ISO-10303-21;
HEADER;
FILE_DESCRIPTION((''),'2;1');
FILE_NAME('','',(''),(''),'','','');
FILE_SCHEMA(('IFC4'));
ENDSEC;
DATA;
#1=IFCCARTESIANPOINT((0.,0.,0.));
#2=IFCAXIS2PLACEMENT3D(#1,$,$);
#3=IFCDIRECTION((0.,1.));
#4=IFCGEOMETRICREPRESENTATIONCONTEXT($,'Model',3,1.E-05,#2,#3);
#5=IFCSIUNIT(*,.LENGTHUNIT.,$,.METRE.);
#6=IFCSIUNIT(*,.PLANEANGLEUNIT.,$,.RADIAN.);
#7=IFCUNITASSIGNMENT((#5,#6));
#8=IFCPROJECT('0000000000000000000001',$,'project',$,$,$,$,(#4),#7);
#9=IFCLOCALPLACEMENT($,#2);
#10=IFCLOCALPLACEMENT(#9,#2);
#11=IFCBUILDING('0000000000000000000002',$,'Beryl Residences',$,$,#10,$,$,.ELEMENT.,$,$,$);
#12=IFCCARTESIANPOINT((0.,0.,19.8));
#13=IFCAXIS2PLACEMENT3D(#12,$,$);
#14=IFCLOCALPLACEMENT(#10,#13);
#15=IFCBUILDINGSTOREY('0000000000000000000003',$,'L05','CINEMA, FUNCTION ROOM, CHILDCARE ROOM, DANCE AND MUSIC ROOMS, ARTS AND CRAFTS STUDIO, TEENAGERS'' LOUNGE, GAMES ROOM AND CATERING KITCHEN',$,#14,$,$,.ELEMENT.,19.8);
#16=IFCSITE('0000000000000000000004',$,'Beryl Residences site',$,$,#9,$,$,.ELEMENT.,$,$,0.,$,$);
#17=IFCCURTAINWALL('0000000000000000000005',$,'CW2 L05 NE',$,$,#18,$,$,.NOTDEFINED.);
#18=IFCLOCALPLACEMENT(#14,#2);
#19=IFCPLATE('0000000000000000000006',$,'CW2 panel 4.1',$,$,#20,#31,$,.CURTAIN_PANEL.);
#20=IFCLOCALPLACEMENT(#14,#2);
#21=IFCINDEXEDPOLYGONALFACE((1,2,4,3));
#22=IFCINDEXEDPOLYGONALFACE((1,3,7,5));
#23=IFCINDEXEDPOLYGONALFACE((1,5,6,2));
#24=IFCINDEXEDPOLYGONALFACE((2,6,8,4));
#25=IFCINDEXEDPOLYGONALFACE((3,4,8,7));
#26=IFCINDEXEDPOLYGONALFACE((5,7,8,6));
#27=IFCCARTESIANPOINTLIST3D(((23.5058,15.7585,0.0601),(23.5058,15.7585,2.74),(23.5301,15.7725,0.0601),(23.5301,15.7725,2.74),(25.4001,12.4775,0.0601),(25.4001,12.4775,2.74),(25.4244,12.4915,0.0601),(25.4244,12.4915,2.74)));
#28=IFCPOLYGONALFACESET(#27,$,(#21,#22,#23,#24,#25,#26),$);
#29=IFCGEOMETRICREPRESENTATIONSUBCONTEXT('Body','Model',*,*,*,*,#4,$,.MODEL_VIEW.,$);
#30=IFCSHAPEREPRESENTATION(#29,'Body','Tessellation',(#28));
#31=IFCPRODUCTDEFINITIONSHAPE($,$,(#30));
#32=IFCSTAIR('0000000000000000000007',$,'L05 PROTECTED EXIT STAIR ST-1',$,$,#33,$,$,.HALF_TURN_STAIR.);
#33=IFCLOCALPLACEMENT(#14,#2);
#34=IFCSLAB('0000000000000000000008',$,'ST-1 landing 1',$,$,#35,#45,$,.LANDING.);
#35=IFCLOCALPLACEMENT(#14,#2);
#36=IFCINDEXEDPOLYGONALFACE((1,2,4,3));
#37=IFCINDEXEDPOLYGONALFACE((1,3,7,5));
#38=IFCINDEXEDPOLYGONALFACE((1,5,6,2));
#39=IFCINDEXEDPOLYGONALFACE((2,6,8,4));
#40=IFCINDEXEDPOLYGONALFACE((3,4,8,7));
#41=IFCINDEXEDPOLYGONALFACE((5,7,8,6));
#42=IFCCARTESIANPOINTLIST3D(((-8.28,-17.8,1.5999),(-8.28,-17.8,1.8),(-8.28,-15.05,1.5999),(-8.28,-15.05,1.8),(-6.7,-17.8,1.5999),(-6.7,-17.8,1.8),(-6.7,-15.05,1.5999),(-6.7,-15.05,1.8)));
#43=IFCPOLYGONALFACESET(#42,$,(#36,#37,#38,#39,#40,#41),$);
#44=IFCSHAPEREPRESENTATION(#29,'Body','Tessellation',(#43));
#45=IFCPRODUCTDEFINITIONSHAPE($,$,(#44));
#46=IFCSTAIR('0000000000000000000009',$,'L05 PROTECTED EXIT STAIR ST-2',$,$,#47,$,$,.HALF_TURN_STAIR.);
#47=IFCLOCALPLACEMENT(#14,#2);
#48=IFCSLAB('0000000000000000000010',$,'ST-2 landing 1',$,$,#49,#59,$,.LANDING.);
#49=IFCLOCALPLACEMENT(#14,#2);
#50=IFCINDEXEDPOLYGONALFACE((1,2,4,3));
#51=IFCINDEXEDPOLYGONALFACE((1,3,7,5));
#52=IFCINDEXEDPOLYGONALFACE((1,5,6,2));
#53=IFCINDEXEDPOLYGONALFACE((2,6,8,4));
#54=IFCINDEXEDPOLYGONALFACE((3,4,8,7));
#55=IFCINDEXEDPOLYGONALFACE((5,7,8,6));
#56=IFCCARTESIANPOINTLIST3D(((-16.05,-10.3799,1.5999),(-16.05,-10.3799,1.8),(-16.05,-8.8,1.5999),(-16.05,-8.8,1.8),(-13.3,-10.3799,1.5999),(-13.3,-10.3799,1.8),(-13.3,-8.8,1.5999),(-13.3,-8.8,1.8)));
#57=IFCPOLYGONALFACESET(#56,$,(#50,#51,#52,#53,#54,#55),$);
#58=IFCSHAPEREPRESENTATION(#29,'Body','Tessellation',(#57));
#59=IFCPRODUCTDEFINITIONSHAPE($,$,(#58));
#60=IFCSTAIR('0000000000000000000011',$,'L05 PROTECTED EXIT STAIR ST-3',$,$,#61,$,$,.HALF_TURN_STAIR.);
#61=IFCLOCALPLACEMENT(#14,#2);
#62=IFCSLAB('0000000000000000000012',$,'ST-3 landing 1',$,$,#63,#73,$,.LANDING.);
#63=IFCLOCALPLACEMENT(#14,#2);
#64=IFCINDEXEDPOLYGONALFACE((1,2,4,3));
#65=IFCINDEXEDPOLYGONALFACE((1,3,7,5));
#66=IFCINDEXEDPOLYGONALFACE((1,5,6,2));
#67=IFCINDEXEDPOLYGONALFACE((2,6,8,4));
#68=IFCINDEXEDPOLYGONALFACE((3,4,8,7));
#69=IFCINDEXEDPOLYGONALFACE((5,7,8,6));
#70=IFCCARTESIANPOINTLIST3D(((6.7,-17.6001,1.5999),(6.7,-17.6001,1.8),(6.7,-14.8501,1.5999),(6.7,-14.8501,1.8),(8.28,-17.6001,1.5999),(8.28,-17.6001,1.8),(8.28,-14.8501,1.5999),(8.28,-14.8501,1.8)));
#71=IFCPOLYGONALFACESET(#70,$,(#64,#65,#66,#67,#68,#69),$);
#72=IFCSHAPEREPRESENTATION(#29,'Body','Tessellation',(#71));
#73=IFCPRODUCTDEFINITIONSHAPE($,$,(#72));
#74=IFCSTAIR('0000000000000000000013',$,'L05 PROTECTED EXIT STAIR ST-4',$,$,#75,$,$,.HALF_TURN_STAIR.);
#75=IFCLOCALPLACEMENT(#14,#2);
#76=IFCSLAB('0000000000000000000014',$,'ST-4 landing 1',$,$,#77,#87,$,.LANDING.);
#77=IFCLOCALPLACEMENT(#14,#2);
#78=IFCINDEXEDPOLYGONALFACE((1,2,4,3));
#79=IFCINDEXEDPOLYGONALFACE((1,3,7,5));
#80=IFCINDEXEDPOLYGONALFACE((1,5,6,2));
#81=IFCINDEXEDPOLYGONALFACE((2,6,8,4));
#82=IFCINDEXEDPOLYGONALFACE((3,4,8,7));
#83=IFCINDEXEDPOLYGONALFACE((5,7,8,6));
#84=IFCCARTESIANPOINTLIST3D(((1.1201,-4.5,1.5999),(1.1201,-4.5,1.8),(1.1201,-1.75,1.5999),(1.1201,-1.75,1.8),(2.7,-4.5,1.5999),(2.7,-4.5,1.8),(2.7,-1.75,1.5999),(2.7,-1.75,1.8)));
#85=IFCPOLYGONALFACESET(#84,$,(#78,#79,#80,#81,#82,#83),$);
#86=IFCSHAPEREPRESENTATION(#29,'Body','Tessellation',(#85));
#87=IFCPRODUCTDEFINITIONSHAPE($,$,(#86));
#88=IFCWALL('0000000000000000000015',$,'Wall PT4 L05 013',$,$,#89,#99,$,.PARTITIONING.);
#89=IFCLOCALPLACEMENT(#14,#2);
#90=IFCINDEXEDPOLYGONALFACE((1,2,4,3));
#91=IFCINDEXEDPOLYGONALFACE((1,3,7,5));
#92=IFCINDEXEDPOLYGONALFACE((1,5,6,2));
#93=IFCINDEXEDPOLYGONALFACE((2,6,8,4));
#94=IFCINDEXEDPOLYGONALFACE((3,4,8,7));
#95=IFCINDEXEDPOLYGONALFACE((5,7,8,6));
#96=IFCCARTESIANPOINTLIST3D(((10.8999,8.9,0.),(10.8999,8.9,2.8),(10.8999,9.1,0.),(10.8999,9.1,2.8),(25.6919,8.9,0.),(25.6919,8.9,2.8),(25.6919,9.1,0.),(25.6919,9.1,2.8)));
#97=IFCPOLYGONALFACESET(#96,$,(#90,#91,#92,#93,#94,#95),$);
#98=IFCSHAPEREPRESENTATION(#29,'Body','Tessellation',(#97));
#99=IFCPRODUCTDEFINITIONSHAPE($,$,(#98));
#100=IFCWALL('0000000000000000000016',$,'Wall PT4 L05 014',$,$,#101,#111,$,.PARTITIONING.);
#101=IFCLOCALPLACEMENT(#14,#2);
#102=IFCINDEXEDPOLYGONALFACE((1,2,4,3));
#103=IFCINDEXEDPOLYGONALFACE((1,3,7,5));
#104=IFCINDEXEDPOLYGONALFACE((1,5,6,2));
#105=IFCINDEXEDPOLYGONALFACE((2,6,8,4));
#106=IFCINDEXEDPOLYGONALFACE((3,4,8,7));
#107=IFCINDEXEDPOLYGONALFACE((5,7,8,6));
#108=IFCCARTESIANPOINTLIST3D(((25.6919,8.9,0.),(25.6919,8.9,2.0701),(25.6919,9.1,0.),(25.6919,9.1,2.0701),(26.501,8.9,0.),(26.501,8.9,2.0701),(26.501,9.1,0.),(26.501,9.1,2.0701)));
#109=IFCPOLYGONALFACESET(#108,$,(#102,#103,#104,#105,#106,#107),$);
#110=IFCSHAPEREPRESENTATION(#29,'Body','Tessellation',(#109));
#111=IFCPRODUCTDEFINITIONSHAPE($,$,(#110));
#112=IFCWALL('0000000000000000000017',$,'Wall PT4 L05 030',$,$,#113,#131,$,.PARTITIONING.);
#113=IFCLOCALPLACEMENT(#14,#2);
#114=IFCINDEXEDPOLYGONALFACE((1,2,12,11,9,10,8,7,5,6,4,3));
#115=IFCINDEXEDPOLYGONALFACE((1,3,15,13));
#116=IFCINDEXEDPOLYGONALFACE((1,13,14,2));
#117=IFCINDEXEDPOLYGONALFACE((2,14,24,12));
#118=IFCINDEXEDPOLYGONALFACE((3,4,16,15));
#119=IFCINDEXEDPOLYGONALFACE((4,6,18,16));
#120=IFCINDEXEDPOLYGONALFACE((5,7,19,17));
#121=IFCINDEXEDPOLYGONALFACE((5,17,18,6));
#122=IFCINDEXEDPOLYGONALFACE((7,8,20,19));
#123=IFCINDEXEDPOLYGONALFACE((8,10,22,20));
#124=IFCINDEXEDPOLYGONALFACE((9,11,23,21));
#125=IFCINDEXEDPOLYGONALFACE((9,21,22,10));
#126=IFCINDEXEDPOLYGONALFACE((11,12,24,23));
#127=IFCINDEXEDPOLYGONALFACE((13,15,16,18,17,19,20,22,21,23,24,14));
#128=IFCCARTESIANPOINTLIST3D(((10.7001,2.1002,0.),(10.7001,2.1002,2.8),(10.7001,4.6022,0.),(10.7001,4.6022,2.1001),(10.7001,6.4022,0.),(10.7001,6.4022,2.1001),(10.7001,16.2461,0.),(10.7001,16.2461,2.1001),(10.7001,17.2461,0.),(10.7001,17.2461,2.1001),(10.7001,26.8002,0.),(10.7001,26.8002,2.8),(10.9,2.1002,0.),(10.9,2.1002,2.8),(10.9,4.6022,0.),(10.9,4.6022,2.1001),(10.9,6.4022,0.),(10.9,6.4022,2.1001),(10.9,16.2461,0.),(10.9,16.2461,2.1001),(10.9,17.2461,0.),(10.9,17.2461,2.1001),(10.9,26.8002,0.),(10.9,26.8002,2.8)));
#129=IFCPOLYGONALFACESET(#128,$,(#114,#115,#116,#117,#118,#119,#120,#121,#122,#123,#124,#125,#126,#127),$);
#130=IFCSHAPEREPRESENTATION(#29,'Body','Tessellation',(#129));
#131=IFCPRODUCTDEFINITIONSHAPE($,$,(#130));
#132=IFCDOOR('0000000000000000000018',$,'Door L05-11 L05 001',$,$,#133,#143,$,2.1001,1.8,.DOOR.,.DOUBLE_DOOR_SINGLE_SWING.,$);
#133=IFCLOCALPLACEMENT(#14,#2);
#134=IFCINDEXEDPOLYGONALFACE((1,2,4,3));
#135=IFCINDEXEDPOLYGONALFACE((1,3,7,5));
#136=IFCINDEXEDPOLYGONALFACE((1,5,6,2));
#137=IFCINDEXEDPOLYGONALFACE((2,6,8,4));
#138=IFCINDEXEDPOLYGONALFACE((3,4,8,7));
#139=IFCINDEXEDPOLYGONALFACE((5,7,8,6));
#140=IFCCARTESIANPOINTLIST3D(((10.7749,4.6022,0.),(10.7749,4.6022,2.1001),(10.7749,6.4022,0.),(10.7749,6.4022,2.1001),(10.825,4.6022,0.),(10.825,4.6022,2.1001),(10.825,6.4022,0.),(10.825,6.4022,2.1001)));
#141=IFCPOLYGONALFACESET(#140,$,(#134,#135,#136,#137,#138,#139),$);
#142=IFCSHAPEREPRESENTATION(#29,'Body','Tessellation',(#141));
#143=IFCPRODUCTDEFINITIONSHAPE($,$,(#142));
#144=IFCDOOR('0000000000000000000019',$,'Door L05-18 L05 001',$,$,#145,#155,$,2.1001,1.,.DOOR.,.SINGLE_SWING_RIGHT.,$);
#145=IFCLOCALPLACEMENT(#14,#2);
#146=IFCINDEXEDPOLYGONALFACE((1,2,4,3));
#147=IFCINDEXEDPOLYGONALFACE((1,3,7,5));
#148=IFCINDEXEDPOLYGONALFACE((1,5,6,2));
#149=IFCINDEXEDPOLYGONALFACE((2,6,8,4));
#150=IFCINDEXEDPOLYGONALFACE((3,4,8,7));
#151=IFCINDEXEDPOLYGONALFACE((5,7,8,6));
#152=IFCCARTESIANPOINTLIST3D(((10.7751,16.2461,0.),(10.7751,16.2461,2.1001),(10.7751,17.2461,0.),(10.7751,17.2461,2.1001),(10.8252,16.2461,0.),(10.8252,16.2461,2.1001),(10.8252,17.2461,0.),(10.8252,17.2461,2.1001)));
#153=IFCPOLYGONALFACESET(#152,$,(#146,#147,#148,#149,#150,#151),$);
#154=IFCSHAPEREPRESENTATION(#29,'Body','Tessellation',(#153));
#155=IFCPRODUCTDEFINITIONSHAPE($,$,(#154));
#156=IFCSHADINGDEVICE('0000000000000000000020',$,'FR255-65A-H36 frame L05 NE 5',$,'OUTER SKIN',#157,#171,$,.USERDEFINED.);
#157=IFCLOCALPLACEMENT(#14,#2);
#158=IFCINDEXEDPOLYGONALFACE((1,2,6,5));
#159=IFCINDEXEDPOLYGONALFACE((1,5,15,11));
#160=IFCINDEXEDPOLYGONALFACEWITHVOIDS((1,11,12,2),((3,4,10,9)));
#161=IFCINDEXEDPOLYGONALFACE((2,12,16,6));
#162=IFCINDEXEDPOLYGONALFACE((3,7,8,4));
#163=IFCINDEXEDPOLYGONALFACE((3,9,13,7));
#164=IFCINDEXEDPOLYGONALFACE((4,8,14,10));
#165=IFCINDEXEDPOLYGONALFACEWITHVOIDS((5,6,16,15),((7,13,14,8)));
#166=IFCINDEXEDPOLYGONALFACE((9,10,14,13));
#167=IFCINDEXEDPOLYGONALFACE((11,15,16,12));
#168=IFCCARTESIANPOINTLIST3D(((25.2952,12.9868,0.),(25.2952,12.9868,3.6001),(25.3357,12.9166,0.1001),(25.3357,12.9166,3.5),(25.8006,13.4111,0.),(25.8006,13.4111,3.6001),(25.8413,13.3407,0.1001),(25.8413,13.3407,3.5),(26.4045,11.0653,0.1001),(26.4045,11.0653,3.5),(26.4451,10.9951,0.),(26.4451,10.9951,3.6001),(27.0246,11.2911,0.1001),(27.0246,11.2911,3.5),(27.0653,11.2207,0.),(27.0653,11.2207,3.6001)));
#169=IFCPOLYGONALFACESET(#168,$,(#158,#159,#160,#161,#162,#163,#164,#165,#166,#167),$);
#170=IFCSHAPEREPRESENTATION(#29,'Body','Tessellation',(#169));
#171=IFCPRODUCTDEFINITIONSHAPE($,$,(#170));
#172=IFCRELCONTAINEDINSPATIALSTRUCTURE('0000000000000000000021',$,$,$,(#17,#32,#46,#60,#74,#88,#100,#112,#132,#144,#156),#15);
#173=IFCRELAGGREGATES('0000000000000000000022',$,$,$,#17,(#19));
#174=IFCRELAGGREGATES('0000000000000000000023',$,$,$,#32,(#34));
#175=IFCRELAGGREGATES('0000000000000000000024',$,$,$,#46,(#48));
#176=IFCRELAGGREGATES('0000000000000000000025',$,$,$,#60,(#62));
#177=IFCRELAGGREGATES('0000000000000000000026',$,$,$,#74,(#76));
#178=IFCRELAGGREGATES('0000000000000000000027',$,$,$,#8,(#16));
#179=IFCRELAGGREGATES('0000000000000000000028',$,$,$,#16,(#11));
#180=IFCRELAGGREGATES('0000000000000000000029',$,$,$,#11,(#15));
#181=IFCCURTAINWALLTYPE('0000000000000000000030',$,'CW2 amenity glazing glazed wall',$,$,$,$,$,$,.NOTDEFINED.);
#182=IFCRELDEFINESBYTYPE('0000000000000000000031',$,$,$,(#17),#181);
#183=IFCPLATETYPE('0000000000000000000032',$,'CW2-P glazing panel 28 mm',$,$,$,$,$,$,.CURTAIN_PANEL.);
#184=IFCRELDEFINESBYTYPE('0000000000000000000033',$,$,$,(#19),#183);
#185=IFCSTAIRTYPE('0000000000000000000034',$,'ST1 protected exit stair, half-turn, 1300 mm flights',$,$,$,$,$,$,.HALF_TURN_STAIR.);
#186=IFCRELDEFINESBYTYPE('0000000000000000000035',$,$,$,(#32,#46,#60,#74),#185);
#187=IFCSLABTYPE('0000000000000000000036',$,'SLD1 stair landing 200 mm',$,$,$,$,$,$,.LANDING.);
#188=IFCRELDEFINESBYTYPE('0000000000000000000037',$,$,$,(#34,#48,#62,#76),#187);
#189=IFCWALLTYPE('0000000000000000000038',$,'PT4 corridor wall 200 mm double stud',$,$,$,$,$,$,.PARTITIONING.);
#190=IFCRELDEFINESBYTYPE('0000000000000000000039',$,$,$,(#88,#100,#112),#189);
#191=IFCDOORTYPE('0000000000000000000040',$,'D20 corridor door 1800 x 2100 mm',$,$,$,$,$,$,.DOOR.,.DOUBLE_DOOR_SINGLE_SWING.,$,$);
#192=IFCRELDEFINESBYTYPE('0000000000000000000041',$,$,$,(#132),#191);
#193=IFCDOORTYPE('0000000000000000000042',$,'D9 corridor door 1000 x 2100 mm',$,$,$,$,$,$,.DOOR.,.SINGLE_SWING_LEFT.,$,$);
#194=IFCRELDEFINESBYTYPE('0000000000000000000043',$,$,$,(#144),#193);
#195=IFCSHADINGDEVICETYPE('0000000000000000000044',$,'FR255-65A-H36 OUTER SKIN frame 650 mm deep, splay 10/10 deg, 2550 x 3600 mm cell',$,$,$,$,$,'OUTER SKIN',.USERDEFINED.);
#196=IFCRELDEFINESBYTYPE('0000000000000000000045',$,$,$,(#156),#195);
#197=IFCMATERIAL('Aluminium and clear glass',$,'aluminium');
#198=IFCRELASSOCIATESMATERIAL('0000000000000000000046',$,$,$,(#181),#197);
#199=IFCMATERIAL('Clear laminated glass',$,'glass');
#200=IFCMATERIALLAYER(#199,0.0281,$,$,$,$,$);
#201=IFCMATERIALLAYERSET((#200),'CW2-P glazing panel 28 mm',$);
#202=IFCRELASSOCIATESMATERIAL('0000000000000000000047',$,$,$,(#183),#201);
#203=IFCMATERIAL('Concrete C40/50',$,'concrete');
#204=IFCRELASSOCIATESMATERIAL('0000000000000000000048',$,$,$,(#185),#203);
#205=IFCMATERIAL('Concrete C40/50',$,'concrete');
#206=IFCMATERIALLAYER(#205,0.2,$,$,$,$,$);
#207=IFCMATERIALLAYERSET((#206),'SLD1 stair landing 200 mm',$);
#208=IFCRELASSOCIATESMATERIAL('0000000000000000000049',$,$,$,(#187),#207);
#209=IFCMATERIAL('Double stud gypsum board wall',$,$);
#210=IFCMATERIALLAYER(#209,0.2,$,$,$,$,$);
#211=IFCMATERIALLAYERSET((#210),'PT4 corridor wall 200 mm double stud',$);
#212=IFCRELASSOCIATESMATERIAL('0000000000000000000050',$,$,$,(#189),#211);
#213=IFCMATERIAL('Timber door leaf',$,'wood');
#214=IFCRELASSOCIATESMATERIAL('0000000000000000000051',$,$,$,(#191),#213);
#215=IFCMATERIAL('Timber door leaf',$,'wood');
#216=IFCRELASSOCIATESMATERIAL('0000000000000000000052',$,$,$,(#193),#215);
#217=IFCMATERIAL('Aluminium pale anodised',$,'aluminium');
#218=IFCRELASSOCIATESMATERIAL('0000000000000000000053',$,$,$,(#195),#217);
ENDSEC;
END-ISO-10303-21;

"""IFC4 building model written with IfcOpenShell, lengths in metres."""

from ifc_helpers import new_model, entity, si_unit, direction, frame, frame_2d, origin, origin_2d, place, context, subcontext, project, spatial, polyline, rectangle, outline, extrude, source, transform, mapped, material, layer, layer_set, type_object, type_shapes, element, fill, aggregate, save


model = new_model("IFC4")

# Units and contexts
model_context = context("Model", 3, precision=1e-05, world=origin(), true_north=direction((0.0, 1.0)))
body_context = subcontext(model_context, "Body", "Model", "MODEL_VIEW")
ifc_project = project(units=[si_unit("LENGTHUNIT", "METRE"), si_unit("PLANEANGLEUNIT", "RADIAN")], contexts=[model_context])

# Site, building, storey
site_placement = place(None, origin())
site = spatial("IfcSite", under=ifc_project, at=site_placement, Name="Beryl Residences site", CompositionType="ELEMENT", RefElevation=0.0)
building_placement = place(site_placement, origin())
building = spatial("IfcBuilding", under=site, at=building_placement, Name="Beryl Residences", CompositionType="ELEMENT")
storey_placement = place(building_placement, frame((0.0, 0.0, 19.8)))
storey = spatial("IfcBuildingStorey", under=building, at=storey_placement, Name="L05", Description="CINEMA, FUNCTION ROOM, CHILDCARE ROOM, DANCE AND MUSIC ROOMS, ARTS AND CRAFTS STUDIO, TEENAGERS' LOUNGE, GAMES ROOM AND CATERING KITCHEN", CompositionType="ELEMENT", Elevation=19.8)

# Curtain wall
ifc_material_1 = material(Name="Aluminium and clear glass", Category="aluminium")
curtain_wall_type = type_object("IfcCurtainWallType", Name="CW2 amenity glazing glazed wall", PredefinedType="NOTDEFINED", material=ifc_material_1)
curtain_wall_placement = place(storey_placement, origin())
curtain_wall = element("IfcCurtainWall", 1, at=curtain_wall_placement, inside=storey, type_object=curtain_wall_type, Name="CW2 L05 NE", PredefinedType="NOTDEFINED")

# Plate
ifc_material_2 = material(Name="Clear laminated glass", Category="glass")
ifc_layer_1 = layer(ifc_material_2, 0.0281)
ifc_layer_set_1 = layer_set([ifc_layer_1], Name="CW2-P glazing panel 28 mm")
plate_type = type_object("IfcPlateType", Name="CW2-P glazing panel 28 mm", PredefinedType="CURTAIN_PANEL", material=ifc_layer_set_1)
plate_placement = place(storey_placement, frame((24.4651, 14.125, 0.0601), z_axis=(0.0, 0.0, 1.0), x_axis=(-0.500012, 0.866019, 0.0)))
plate = element("IfcPlate", 2, at=plate_placement, type_object=plate_type, Name="CW2 panel 4.1", PredefinedType="CURTAIN_PANEL", context=body_context, shape_type="SweptSolid", body=[
    extrude(rectangle(XDim=3.7886, YDim=0.0281, at=origin_2d()), origin(), (0.0, 0.0, 1.0), 2.6799),
])
aggregate(curtain_wall, [plate])

# Stairs, slabs
ifc_material_3 = material(Name="Concrete C40/50", Category="concrete")
stair_type = type_object("IfcStairType", Name="ST1 protected exit stair, half-turn, 1300 mm flights", PredefinedType="HALF_TURN_STAIR", material=ifc_material_3)
stair_1_placement = place(storey_placement, origin())
stair_1 = element("IfcStair", 3, at=stair_1_placement, inside=storey, type_object=stair_type, Name="L05 PROTECTED EXIT STAIR ST-1", PredefinedType="HALF_TURN_STAIR")
ifc_material_4 = material(Name="Concrete C40/50", Category="concrete")
ifc_layer_2 = layer(ifc_material_4, 0.2)
ifc_layer_set_2 = layer_set([ifc_layer_2], Name="SLD1 stair landing 200 mm")
slab_type_1 = type_object("IfcSlabType", Name="SLD1 stair landing 200 mm", PredefinedType="LANDING", material=ifc_layer_set_2)
slab_1_placement = place(storey_placement, frame((0.0, 0.0, 1.5999)))
slab_1 = element("IfcSlab", 4, at=slab_1_placement, type_object=slab_type_1, Name="ST-1 landing 1", PredefinedType="LANDING", context=body_context, shape_type="SweptSolid", body=[
    extrude(outline(polyline([(-8.28, -17.8), (-6.7, -17.8), (-6.7, -15.05), (-8.28, -15.05), (-8.28, -17.8)])), origin(), (0.0, 0.0, 1.0), 0.2002),
])
aggregate(stair_1, [slab_1])
stair_2_placement = place(storey_placement, origin())
stair_2 = element("IfcStair", 5, at=stair_2_placement, inside=storey, type_object=stair_type, Name="L05 PROTECTED EXIT STAIR ST-2", PredefinedType="HALF_TURN_STAIR")
slab_2_placement = place(storey_placement, frame((0.0, 0.0, 1.5999)))
slab_2 = element("IfcSlab", 6, at=slab_2_placement, type_object=slab_type_1, Name="ST-2 landing 1", PredefinedType="LANDING", context=body_context, shape_type="SweptSolid", body=[
    extrude(outline(polyline([(-13.3, -10.3799), (-13.3, -8.8), (-16.05, -8.8), (-16.05, -10.3799), (-13.3, -10.3799)])), origin(), (0.0, 0.0, 1.0), 0.2002),
])
aggregate(stair_2, [slab_2])
stair_3_placement = place(storey_placement, origin())
stair_3 = element("IfcStair", 7, at=stair_3_placement, inside=storey, type_object=stair_type, Name="L05 PROTECTED EXIT STAIR ST-3", PredefinedType="HALF_TURN_STAIR")
slab_3_placement = place(storey_placement, frame((0.0, 0.0, 1.5999)))
slab_3 = element("IfcSlab", 8, at=slab_3_placement, type_object=slab_type_1, Name="ST-3 landing 1", PredefinedType="LANDING", context=body_context, shape_type="SweptSolid", body=[
    extrude(outline(polyline([(8.28, -14.8501), (6.7, -14.8501), (6.7, -17.6001), (8.28, -17.6001), (8.28, -14.8501)])), origin(), (0.0, 0.0, 1.0), 0.2002),
])
aggregate(stair_3, [slab_3])
stair_4_placement = place(storey_placement, origin())
stair_4 = element("IfcStair", 9, at=stair_4_placement, inside=storey, type_object=stair_type, Name="L05 PROTECTED EXIT STAIR ST-4", PredefinedType="HALF_TURN_STAIR")
slab_4_placement = place(storey_placement, frame((0.0, 0.0, 1.5999)))
slab_4 = element("IfcSlab", 10, at=slab_4_placement, type_object=slab_type_1, Name="ST-4 landing 1", PredefinedType="LANDING", context=body_context, shape_type="SweptSolid", body=[
    extrude(outline(polyline([(1.1201, -4.5), (2.7, -4.5), (2.7, -1.75), (1.1201, -1.75), (1.1201, -4.5)])), origin(), (0.0, 0.0, 1.0), 0.2002),
])
aggregate(stair_4, [slab_4])

# Walls
ifc_material_5 = material(Name="Double stud gypsum board wall")
ifc_layer_3 = layer(ifc_material_5, 0.2)
ifc_layer_set_3 = layer_set([ifc_layer_3], Name="PT4 corridor wall 200 mm double stud")
wall_type = type_object("IfcWallType", Name="PT4 corridor wall 200 mm double stud", PredefinedType="PARTITIONING", material=ifc_layer_set_3)
wall_1_placement = place(storey_placement, frame((10.8999, 9.0, 0.0), z_axis=(0.0, 0.0, 1.0), x_axis=(1.0, 0.0, 0.0)))
element("IfcWall", 11, at=wall_1_placement, inside=storey, type_object=wall_type, Name="Wall PT4 L05 013", PredefinedType="PARTITIONING", context=body_context, shape_type="SweptSolid", body=[
    extrude(rectangle(XDim=14.792, YDim=0.2, at=frame_2d((7.396, 0.0))), origin(), (0.0, 0.0, 1.0), 2.8),
])
wall_2_placement = place(storey_placement, frame((25.6919, 9.0, 0.0), z_axis=(0.0, 0.0, 1.0), x_axis=(1.0, 0.0, 0.0)))
element("IfcWall", 12, at=wall_2_placement, inside=storey, type_object=wall_type, Name="Wall PT4 L05 014", PredefinedType="PARTITIONING", context=body_context, shape_type="SweptSolid", body=[
    extrude(rectangle(XDim=0.8091, YDim=0.2, at=frame_2d((0.4045, 0.0))), origin(), (0.0, 0.0, 1.0), 2.0701),
])

# Wall, openings, doors
wall_3_placement = place(storey_placement, frame((10.8, 2.1001, 0.0), z_axis=(0.0, 0.0, 1.0), x_axis=(0.0, 1.0, 0.0)))
wall_3 = element("IfcWall", 13, at=wall_3_placement, inside=storey, type_object=wall_type, Name="Wall PT4 L05 030", PredefinedType="PARTITIONING", context=body_context, shape_type="SweptSolid", body=[
    extrude(rectangle(XDim=24.7, YDim=0.2, at=frame_2d((12.3501, 0.0))), origin(), (0.0, 0.0, 1.0), 2.8),
])
opening_1_placement = place(wall_3_placement, frame((4.302, 0.0, 0.0), z_axis=(0.0, 0.0, 1.0), x_axis=(-1.0, 0.0, 0.0)))
opening_1 = element("IfcOpeningElement", 14, at=opening_1_placement, cuts=wall_3, PredefinedType="OPENING", context=body_context, shape_type="SweptSolid", body=[
    extrude(rectangle(XDim=1.8, YDim=2.1001, at=frame_2d((0.8999, 1.05))), frame((0.0, 0.1099, 0.0), z_axis=(0.0, -1.0, 0.0), x_axis=(1.0, 0.0, 0.0)), (0.0, 0.0, 1.0), 0.22),
])
opening_2_placement = place(wall_3_placement, frame((14.146, 0.0, 0.0)))
opening_2 = element("IfcOpeningElement", 15, at=opening_2_placement, cuts=wall_3, PredefinedType="OPENING", context=body_context, shape_type="SweptSolid", body=[
    extrude(rectangle(XDim=1.0, YDim=2.1001, at=frame_2d((0.5, 1.05))), frame((0.0, 0.1099, 0.0), z_axis=(0.0, -1.0, 0.0), x_axis=(1.0, 0.0, 0.0)), (0.0, 0.0, 1.0), 0.22),
])
ifc_material_6 = material(Name="Timber door leaf", Category="wood")
door_type_1 = type_object("IfcDoorType", Name="D20 corridor door 1800 x 2100 mm", OperationType="DOUBLE_DOOR_SINGLE_SWING", PredefinedType="DOOR", material=ifc_material_6)
door_1_placement = place(opening_1_placement, origin())
door_1 = element("IfcDoor", 16, at=door_1_placement, inside=storey, type_object=door_type_1, Name="Door L05-11 L05 001", OperationType="DOUBLE_DOOR_SINGLE_SWING", OverallHeight=2.1001, OverallWidth=1.8, PredefinedType="DOOR", context=body_context, shape_type="SweptSolid", body=[
    extrude(rectangle(XDim=1.8, YDim=2.1001, at=frame_2d((0.8999, 1.05))), frame((0.0, 0.0249, 0.0), z_axis=(0.0, -1.0, 0.0), x_axis=(1.0, 0.0, 0.0)), (0.0, 0.0, 1.0), 0.05),
])
fill(opening_1, door_1)
ifc_material_7 = material(Name="Timber door leaf", Category="wood")
door_type_2 = type_object("IfcDoorType", Name="D9 corridor door 1000 x 2100 mm", OperationType="SINGLE_SWING_LEFT", PredefinedType="DOOR", material=ifc_material_7)
door_2_placement = place(opening_2_placement, origin())
door_2 = element("IfcDoor", 17, at=door_2_placement, inside=storey, type_object=door_type_2, Name="Door L05-18 L05 001", OperationType="SINGLE_SWING_RIGHT", OverallHeight=2.1001, OverallWidth=1.0, PredefinedType="DOOR", context=body_context, shape_type="SweptSolid", body=[
    extrude(rectangle(XDim=1.0, YDim=2.1001, at=frame_2d((0.5, 1.05))), frame((0.0, 0.0249, 0.0), z_axis=(0.0, -1.0, 0.0), x_axis=(1.0, 0.0, 0.0)), (0.0, 0.0, 1.0), 0.05),
])
fill(opening_2, door_2)

# Shading device
ifc_material_8 = material(Name="Aluminium pale anodised", Category="aluminium")
shading_device_type = type_object("IfcShadingDeviceType", Name="FR255-65A-H36 OUTER SKIN frame 650 mm deep, splay 10/10 deg, 2550 x 3600 mm cell", ElementType="OUTER SKIN", PredefinedType="USERDEFINED", material=ifc_material_8)
cartesian_point_1 = entity("IfcCartesianPoint", [-1.1499, 0.0])
cartesian_point_2 = entity("IfcCartesianPoint", [-1.0688, 0.1001])
cartesian_point_3 = entity("IfcCartesianPoint", [-1.2646, 0.0])
cartesian_point_4 = entity("IfcCartesianPoint", [-1.1833, 0.1001])
shared_shape = source(origin(), body_context, "Body", "SweptSolid", [
    entity("IfcExtrudedAreaSolidTapered", entity("IfcArbitraryProfileDefWithVoids", "AREA", None, entity("IfcPolyline", [cartesian_point_1, entity("IfcCartesianPoint", [1.1499, 0.0]), entity("IfcCartesianPoint", [1.1499, 3.6001]), entity("IfcCartesianPoint", [-1.1499, 3.6001]), cartesian_point_1]), [entity("IfcPolyline", [cartesian_point_2, entity("IfcCartesianPoint", [1.0688, 0.1001]), entity("IfcCartesianPoint", [1.0688, 3.5]), entity("IfcCartesianPoint", [-1.0688, 3.5]), cartesian_point_2])]), entity("IfcAxis2Placement3D", entity("IfcCartesianPoint", [0.0, 0.0, 0.0]), entity("IfcDirection", [0.0, 1.0, 0.0]), entity("IfcDirection", [-1.0, 0.0, 0.0])), entity("IfcDirection", [0.0, 0.0, 1.0]), 0.6499, entity("IfcArbitraryProfileDefWithVoids", "AREA", None, entity("IfcPolyline", [cartesian_point_3, entity("IfcCartesianPoint", [1.2646, 0.0]), entity("IfcCartesianPoint", [1.2646, 3.6001]), entity("IfcCartesianPoint", [-1.2646, 3.6001]), cartesian_point_3]), [entity("IfcPolyline", [cartesian_point_4, entity("IfcCartesianPoint", [1.1833, 0.1001]), entity("IfcCartesianPoint", [1.1833, 3.5]), entity("IfcCartesianPoint", [-1.1833, 3.5]), cartesian_point_4])])),
])
type_shapes(shading_device_type, [shared_shape])
for number, where, z_axis, x_axis, name in (
    (18, (25.8701, 11.991, 0.0), (0.0, 0.0, 1.0), (0.5, -0.866025, 0.0), "FR255-65A-H36 frame L05 NE 5"),
):
    element("IfcShadingDevice", number, at=place(storey_placement, frame(where, z_axis=z_axis, x_axis=x_axis)), inside=storey, type_object=shading_device_type, Name=name, ObjectType="OUTER SKIN", PredefinedType="USERDEFINED", context=body_context, shape_type="MappedRepresentation", body=[
        mapped(shared_shape, transform((0.0, 0.0, 0.0))),
    ])

save(model, "model.ifc")
